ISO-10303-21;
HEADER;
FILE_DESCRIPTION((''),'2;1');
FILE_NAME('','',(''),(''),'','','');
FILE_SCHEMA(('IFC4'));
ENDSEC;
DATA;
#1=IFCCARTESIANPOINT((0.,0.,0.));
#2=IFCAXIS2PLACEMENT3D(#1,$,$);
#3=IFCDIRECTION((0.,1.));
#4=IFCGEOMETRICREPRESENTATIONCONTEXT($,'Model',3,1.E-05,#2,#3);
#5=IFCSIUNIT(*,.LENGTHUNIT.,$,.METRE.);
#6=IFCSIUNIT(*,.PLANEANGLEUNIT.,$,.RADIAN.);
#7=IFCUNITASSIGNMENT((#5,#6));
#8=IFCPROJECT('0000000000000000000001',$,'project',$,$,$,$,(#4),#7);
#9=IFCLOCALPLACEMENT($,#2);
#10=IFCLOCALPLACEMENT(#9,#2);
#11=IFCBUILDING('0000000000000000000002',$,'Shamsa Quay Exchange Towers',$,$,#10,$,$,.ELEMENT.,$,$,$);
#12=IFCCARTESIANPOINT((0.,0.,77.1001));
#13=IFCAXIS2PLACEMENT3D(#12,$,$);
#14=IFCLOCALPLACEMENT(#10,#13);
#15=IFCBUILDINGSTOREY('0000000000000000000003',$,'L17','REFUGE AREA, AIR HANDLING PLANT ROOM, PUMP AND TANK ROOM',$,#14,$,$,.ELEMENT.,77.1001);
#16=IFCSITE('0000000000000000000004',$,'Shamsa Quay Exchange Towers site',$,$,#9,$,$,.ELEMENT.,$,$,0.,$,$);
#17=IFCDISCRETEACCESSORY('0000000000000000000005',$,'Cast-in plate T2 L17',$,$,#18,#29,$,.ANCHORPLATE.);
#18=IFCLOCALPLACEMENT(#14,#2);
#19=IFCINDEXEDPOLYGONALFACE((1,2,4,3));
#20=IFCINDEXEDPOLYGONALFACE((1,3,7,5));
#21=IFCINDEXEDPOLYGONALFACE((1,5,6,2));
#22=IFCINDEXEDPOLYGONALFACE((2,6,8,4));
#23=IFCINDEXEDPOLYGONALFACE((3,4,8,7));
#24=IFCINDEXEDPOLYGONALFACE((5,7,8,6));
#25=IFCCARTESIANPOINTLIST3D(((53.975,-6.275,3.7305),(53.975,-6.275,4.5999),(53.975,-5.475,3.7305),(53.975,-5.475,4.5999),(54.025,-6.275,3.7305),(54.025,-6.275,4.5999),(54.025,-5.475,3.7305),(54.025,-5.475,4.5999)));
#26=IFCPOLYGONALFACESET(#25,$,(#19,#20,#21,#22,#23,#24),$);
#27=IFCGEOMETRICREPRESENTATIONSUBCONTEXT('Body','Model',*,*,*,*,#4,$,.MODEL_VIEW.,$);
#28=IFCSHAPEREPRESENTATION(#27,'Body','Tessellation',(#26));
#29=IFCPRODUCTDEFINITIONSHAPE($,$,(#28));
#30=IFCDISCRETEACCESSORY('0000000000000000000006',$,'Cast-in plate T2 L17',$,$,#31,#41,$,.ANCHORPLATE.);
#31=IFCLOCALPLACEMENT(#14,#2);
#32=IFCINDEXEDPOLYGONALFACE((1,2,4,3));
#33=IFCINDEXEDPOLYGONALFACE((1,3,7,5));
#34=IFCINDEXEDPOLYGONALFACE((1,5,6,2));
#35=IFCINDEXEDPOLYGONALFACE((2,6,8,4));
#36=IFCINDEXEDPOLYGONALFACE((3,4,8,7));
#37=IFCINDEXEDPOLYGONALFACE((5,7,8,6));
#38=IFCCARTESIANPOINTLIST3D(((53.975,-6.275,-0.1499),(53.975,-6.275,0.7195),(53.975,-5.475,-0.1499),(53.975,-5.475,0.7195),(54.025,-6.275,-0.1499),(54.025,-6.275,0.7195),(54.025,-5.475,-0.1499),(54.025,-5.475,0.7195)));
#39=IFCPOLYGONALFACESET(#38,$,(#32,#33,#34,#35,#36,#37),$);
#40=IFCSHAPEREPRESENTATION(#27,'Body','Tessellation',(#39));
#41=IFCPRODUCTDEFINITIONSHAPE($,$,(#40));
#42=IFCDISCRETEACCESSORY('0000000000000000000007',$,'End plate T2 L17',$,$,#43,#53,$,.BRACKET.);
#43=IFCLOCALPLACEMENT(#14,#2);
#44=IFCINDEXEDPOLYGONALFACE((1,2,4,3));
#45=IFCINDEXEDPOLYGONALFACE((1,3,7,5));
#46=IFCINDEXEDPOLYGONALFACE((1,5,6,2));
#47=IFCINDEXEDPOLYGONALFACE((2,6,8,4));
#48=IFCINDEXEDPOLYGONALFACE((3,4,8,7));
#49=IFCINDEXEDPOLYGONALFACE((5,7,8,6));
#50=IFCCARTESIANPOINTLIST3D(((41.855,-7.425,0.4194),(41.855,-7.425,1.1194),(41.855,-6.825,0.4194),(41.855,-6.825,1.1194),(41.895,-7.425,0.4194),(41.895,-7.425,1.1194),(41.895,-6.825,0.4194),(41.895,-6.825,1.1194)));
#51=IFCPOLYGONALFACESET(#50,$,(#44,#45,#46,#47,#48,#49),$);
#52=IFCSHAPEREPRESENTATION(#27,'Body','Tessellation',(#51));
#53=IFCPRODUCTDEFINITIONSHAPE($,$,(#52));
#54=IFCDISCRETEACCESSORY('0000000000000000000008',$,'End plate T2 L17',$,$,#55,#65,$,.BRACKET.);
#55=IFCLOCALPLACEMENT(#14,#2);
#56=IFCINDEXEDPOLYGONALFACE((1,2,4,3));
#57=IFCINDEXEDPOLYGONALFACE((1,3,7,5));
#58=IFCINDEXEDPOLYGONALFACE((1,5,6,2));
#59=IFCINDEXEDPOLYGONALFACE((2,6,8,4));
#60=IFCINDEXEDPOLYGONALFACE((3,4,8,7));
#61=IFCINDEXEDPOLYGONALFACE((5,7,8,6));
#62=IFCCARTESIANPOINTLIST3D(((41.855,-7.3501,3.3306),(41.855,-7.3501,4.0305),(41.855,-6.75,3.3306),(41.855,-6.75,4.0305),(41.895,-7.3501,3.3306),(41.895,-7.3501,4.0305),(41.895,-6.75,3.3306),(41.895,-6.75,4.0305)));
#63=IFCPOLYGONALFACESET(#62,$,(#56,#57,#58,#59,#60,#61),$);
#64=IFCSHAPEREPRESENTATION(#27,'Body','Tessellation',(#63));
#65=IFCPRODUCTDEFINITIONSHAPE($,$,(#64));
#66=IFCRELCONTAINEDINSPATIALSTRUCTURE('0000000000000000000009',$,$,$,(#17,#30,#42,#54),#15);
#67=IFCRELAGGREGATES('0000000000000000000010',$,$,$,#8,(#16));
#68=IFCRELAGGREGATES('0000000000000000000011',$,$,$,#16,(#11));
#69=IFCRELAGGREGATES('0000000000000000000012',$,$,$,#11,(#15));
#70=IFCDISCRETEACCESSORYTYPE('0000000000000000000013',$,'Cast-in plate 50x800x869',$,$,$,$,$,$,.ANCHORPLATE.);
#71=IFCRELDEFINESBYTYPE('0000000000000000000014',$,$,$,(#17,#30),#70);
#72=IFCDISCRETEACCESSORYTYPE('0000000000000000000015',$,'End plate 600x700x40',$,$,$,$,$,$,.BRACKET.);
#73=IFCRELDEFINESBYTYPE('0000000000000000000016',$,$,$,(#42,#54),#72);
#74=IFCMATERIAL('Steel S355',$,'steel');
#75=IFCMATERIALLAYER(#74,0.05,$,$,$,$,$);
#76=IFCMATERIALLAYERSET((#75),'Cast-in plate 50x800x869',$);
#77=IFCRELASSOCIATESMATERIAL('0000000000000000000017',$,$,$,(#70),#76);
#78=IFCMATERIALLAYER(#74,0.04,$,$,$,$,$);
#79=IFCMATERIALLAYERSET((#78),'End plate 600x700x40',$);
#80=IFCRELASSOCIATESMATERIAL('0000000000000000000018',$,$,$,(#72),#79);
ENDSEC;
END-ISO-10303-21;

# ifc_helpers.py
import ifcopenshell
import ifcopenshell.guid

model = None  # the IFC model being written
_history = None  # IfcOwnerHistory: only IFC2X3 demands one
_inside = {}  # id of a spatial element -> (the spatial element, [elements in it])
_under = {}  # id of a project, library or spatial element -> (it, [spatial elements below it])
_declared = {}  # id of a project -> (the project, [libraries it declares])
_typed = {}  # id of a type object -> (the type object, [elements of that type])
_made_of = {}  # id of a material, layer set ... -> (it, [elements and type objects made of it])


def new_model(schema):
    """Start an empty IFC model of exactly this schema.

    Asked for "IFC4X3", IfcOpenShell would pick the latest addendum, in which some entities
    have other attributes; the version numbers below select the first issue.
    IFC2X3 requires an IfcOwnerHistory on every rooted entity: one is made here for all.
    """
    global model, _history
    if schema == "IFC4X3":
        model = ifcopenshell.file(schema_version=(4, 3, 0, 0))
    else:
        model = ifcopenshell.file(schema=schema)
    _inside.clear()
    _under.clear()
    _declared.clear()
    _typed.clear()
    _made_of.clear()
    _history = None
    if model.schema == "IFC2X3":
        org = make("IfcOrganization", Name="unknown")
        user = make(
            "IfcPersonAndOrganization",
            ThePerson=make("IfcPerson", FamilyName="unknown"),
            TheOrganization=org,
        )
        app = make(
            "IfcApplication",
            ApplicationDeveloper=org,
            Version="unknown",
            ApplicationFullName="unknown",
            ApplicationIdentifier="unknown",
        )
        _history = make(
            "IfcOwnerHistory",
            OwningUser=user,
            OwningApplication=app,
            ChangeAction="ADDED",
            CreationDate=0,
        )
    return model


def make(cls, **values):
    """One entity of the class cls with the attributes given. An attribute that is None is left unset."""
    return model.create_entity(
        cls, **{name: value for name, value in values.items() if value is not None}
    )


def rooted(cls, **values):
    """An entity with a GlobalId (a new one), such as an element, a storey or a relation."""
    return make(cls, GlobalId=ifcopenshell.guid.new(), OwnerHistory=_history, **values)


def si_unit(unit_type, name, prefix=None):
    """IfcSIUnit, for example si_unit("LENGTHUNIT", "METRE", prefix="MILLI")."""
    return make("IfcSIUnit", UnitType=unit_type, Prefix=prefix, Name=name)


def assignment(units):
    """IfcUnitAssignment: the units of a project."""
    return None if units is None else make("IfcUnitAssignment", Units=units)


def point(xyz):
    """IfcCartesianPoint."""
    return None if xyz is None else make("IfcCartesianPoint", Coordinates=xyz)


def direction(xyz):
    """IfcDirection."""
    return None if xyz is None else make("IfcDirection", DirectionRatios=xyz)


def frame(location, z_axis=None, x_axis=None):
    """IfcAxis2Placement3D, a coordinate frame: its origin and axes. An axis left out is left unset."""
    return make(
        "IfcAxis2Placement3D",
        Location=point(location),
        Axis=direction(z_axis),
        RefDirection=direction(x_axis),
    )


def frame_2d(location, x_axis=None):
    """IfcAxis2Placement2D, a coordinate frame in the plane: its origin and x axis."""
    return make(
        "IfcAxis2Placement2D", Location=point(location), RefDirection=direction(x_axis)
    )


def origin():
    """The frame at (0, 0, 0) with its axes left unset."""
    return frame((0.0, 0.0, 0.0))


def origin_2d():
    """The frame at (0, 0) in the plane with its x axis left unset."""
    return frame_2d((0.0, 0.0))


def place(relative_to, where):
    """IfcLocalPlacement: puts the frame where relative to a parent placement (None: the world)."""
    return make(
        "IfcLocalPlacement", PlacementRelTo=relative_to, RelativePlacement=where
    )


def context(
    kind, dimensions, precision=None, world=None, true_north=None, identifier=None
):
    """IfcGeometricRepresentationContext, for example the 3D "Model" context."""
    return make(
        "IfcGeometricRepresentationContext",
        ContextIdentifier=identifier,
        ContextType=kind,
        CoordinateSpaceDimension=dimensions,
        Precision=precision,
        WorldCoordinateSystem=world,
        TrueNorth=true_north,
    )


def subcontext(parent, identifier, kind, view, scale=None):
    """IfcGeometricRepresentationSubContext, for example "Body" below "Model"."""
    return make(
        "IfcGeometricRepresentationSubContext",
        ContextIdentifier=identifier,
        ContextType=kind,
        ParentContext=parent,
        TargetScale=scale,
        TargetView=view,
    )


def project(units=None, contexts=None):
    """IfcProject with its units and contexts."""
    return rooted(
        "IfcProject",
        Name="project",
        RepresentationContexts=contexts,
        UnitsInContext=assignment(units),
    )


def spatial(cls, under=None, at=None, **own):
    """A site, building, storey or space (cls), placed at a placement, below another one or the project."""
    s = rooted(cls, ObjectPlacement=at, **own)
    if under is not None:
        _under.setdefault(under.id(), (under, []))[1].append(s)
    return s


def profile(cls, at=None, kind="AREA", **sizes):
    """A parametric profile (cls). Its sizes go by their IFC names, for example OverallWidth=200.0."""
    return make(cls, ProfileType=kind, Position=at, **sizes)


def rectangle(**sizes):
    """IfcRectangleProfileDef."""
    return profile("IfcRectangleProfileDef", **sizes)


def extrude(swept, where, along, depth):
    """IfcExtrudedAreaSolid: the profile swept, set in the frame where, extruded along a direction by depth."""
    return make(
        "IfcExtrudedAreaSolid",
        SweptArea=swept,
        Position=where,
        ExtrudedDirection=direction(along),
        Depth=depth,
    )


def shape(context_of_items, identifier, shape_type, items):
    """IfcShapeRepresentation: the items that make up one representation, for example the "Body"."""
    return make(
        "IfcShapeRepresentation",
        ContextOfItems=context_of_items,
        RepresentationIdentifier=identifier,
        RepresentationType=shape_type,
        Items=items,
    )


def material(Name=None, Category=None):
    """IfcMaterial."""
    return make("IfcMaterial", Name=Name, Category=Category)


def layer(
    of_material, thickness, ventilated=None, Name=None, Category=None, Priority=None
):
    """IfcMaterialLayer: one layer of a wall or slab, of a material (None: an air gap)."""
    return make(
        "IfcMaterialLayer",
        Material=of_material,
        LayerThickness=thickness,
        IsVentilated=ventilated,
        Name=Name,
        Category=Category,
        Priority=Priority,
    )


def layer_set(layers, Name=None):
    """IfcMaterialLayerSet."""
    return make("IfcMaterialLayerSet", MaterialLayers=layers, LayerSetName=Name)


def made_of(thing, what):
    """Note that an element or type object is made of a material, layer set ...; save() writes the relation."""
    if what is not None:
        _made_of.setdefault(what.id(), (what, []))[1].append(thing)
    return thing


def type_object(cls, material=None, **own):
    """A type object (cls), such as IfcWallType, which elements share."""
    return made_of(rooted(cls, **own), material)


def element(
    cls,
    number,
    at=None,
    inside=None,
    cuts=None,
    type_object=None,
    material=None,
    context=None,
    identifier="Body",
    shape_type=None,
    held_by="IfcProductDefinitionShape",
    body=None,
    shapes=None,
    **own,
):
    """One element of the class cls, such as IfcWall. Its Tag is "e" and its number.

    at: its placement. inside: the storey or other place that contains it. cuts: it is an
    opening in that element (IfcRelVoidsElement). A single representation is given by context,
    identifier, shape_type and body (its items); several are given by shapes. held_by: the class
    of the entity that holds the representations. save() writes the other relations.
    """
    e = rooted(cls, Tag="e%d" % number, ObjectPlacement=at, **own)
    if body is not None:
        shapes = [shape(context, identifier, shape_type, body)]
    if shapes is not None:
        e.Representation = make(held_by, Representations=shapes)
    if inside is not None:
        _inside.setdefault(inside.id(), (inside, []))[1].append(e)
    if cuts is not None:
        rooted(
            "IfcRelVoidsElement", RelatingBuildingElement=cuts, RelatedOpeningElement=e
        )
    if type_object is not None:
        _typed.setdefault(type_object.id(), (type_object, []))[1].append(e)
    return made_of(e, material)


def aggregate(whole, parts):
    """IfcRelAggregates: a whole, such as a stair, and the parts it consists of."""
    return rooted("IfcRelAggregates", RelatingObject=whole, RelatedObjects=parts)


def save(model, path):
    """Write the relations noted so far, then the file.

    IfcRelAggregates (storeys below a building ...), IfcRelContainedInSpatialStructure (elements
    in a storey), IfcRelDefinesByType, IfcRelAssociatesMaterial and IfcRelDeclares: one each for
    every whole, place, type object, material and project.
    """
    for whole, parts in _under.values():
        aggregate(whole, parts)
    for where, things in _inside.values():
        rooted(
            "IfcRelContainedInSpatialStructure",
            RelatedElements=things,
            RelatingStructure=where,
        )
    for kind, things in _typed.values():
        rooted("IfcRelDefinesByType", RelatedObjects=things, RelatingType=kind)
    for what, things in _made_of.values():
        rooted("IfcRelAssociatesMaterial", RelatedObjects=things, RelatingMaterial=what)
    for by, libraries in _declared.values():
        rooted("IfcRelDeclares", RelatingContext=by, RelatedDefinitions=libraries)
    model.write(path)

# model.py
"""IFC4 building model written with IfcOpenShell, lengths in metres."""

from ifc_helpers import new_model, si_unit, direction, frame, origin, origin_2d, place, context, subcontext, project, spatial, rectangle, extrude, material, layer, layer_set, type_object, element, save


model = new_model("IFC4")

# Units and contexts
model_context = context("Model", 3, precision=1e-05, world=origin(), true_north=direction((0.0, 1.0)))
body_context = subcontext(model_context, "Body", "Model", "MODEL_VIEW")
ifc_project = project(units=[si_unit("LENGTHUNIT", "METRE"), si_unit("PLANEANGLEUNIT", "RADIAN")], contexts=[model_context])

# Site, building, storey
site_placement = place(None, origin())
site = spatial("IfcSite", under=ifc_project, at=site_placement, Name="Shamsa Quay Exchange Towers site", CompositionType="ELEMENT", RefElevation=0.0)
building_placement = place(site_placement, origin())
building = spatial("IfcBuilding", under=site, at=building_placement, Name="Shamsa Quay Exchange Towers", CompositionType="ELEMENT")
storey_placement = place(building_placement, frame((0.0, 0.0, 77.1001)))
storey = spatial("IfcBuildingStorey", under=building, at=storey_placement, Name="L17", Description="REFUGE AREA, AIR HANDLING PLANT ROOM, PUMP AND TANK ROOM", CompositionType="ELEMENT", Elevation=77.1001)

# Shared definitions
ifc_material_1 = material(Name="Steel S355", Category="steel")

# Discrete accessories
ifc_layer_1 = layer(ifc_material_1, 0.05)
ifc_layer_set_1 = layer_set([ifc_layer_1], Name="Cast-in plate 50x800x869")
discrete_accessory_type_1 = type_object("IfcDiscreteAccessoryType", Name="Cast-in plate 50x800x869", PredefinedType="ANCHORPLATE", material=ifc_layer_set_1)
for number, where, z_axis, x_axis, name in (
    (1, (54.0, -5.875, 3.7305), (0.0, 0.0, 1.0), (-1.0, 0.0, 0.0), "Cast-in plate T2 L17"),
    (2, (54.0, -5.875, -0.1499), (0.0, 0.0, 1.0), (-1.0, 0.0, 0.0), "Cast-in plate T2 L17"),
):
    element("IfcDiscreteAccessory", number, at=place(storey_placement, frame(where, z_axis=z_axis, x_axis=x_axis)), inside=storey, type_object=discrete_accessory_type_1, Name=name, PredefinedType="ANCHORPLATE", context=body_context, shape_type="SweptSolid", body=[
        extrude(rectangle(XDim=0.05, YDim=0.8, at=origin_2d()), origin(), (0.0, 0.0, 1.0), 0.8694),
    ])
ifc_layer_2 = layer(ifc_material_1, 0.04)
ifc_layer_set_2 = layer_set([ifc_layer_2], Name="End plate 600x700x40")
discrete_accessory_type_2 = type_object("IfcDiscreteAccessoryType", Name="End plate 600x700x40", PredefinedType="BRACKET", material=ifc_layer_set_2)
for number, where, z_axis, x_axis, name in (
    (3, (41.875, -7.125, 0.4194), (0.0, 0.0, 1.0), (0.0, 1.0, 0.0), "End plate T2 L17"),
    (4, (41.875, -7.05, 3.3306), (0.0, 0.0, 1.0), (0.0, 1.0, 0.0), "End plate T2 L17"),
):
    element("IfcDiscreteAccessory", number, at=place(storey_placement, frame(where, z_axis=z_axis, x_axis=x_axis)), inside=storey, type_object=discrete_accessory_type_2, Name=name, PredefinedType="BRACKET", context=body_context, shape_type="SweptSolid", body=[
        extrude(rectangle(XDim=0.6001, YDim=0.04, at=origin_2d()), origin(), (0.0, 0.0, 1.0), 0.7),
    ])

save(model, "model.ifc")
